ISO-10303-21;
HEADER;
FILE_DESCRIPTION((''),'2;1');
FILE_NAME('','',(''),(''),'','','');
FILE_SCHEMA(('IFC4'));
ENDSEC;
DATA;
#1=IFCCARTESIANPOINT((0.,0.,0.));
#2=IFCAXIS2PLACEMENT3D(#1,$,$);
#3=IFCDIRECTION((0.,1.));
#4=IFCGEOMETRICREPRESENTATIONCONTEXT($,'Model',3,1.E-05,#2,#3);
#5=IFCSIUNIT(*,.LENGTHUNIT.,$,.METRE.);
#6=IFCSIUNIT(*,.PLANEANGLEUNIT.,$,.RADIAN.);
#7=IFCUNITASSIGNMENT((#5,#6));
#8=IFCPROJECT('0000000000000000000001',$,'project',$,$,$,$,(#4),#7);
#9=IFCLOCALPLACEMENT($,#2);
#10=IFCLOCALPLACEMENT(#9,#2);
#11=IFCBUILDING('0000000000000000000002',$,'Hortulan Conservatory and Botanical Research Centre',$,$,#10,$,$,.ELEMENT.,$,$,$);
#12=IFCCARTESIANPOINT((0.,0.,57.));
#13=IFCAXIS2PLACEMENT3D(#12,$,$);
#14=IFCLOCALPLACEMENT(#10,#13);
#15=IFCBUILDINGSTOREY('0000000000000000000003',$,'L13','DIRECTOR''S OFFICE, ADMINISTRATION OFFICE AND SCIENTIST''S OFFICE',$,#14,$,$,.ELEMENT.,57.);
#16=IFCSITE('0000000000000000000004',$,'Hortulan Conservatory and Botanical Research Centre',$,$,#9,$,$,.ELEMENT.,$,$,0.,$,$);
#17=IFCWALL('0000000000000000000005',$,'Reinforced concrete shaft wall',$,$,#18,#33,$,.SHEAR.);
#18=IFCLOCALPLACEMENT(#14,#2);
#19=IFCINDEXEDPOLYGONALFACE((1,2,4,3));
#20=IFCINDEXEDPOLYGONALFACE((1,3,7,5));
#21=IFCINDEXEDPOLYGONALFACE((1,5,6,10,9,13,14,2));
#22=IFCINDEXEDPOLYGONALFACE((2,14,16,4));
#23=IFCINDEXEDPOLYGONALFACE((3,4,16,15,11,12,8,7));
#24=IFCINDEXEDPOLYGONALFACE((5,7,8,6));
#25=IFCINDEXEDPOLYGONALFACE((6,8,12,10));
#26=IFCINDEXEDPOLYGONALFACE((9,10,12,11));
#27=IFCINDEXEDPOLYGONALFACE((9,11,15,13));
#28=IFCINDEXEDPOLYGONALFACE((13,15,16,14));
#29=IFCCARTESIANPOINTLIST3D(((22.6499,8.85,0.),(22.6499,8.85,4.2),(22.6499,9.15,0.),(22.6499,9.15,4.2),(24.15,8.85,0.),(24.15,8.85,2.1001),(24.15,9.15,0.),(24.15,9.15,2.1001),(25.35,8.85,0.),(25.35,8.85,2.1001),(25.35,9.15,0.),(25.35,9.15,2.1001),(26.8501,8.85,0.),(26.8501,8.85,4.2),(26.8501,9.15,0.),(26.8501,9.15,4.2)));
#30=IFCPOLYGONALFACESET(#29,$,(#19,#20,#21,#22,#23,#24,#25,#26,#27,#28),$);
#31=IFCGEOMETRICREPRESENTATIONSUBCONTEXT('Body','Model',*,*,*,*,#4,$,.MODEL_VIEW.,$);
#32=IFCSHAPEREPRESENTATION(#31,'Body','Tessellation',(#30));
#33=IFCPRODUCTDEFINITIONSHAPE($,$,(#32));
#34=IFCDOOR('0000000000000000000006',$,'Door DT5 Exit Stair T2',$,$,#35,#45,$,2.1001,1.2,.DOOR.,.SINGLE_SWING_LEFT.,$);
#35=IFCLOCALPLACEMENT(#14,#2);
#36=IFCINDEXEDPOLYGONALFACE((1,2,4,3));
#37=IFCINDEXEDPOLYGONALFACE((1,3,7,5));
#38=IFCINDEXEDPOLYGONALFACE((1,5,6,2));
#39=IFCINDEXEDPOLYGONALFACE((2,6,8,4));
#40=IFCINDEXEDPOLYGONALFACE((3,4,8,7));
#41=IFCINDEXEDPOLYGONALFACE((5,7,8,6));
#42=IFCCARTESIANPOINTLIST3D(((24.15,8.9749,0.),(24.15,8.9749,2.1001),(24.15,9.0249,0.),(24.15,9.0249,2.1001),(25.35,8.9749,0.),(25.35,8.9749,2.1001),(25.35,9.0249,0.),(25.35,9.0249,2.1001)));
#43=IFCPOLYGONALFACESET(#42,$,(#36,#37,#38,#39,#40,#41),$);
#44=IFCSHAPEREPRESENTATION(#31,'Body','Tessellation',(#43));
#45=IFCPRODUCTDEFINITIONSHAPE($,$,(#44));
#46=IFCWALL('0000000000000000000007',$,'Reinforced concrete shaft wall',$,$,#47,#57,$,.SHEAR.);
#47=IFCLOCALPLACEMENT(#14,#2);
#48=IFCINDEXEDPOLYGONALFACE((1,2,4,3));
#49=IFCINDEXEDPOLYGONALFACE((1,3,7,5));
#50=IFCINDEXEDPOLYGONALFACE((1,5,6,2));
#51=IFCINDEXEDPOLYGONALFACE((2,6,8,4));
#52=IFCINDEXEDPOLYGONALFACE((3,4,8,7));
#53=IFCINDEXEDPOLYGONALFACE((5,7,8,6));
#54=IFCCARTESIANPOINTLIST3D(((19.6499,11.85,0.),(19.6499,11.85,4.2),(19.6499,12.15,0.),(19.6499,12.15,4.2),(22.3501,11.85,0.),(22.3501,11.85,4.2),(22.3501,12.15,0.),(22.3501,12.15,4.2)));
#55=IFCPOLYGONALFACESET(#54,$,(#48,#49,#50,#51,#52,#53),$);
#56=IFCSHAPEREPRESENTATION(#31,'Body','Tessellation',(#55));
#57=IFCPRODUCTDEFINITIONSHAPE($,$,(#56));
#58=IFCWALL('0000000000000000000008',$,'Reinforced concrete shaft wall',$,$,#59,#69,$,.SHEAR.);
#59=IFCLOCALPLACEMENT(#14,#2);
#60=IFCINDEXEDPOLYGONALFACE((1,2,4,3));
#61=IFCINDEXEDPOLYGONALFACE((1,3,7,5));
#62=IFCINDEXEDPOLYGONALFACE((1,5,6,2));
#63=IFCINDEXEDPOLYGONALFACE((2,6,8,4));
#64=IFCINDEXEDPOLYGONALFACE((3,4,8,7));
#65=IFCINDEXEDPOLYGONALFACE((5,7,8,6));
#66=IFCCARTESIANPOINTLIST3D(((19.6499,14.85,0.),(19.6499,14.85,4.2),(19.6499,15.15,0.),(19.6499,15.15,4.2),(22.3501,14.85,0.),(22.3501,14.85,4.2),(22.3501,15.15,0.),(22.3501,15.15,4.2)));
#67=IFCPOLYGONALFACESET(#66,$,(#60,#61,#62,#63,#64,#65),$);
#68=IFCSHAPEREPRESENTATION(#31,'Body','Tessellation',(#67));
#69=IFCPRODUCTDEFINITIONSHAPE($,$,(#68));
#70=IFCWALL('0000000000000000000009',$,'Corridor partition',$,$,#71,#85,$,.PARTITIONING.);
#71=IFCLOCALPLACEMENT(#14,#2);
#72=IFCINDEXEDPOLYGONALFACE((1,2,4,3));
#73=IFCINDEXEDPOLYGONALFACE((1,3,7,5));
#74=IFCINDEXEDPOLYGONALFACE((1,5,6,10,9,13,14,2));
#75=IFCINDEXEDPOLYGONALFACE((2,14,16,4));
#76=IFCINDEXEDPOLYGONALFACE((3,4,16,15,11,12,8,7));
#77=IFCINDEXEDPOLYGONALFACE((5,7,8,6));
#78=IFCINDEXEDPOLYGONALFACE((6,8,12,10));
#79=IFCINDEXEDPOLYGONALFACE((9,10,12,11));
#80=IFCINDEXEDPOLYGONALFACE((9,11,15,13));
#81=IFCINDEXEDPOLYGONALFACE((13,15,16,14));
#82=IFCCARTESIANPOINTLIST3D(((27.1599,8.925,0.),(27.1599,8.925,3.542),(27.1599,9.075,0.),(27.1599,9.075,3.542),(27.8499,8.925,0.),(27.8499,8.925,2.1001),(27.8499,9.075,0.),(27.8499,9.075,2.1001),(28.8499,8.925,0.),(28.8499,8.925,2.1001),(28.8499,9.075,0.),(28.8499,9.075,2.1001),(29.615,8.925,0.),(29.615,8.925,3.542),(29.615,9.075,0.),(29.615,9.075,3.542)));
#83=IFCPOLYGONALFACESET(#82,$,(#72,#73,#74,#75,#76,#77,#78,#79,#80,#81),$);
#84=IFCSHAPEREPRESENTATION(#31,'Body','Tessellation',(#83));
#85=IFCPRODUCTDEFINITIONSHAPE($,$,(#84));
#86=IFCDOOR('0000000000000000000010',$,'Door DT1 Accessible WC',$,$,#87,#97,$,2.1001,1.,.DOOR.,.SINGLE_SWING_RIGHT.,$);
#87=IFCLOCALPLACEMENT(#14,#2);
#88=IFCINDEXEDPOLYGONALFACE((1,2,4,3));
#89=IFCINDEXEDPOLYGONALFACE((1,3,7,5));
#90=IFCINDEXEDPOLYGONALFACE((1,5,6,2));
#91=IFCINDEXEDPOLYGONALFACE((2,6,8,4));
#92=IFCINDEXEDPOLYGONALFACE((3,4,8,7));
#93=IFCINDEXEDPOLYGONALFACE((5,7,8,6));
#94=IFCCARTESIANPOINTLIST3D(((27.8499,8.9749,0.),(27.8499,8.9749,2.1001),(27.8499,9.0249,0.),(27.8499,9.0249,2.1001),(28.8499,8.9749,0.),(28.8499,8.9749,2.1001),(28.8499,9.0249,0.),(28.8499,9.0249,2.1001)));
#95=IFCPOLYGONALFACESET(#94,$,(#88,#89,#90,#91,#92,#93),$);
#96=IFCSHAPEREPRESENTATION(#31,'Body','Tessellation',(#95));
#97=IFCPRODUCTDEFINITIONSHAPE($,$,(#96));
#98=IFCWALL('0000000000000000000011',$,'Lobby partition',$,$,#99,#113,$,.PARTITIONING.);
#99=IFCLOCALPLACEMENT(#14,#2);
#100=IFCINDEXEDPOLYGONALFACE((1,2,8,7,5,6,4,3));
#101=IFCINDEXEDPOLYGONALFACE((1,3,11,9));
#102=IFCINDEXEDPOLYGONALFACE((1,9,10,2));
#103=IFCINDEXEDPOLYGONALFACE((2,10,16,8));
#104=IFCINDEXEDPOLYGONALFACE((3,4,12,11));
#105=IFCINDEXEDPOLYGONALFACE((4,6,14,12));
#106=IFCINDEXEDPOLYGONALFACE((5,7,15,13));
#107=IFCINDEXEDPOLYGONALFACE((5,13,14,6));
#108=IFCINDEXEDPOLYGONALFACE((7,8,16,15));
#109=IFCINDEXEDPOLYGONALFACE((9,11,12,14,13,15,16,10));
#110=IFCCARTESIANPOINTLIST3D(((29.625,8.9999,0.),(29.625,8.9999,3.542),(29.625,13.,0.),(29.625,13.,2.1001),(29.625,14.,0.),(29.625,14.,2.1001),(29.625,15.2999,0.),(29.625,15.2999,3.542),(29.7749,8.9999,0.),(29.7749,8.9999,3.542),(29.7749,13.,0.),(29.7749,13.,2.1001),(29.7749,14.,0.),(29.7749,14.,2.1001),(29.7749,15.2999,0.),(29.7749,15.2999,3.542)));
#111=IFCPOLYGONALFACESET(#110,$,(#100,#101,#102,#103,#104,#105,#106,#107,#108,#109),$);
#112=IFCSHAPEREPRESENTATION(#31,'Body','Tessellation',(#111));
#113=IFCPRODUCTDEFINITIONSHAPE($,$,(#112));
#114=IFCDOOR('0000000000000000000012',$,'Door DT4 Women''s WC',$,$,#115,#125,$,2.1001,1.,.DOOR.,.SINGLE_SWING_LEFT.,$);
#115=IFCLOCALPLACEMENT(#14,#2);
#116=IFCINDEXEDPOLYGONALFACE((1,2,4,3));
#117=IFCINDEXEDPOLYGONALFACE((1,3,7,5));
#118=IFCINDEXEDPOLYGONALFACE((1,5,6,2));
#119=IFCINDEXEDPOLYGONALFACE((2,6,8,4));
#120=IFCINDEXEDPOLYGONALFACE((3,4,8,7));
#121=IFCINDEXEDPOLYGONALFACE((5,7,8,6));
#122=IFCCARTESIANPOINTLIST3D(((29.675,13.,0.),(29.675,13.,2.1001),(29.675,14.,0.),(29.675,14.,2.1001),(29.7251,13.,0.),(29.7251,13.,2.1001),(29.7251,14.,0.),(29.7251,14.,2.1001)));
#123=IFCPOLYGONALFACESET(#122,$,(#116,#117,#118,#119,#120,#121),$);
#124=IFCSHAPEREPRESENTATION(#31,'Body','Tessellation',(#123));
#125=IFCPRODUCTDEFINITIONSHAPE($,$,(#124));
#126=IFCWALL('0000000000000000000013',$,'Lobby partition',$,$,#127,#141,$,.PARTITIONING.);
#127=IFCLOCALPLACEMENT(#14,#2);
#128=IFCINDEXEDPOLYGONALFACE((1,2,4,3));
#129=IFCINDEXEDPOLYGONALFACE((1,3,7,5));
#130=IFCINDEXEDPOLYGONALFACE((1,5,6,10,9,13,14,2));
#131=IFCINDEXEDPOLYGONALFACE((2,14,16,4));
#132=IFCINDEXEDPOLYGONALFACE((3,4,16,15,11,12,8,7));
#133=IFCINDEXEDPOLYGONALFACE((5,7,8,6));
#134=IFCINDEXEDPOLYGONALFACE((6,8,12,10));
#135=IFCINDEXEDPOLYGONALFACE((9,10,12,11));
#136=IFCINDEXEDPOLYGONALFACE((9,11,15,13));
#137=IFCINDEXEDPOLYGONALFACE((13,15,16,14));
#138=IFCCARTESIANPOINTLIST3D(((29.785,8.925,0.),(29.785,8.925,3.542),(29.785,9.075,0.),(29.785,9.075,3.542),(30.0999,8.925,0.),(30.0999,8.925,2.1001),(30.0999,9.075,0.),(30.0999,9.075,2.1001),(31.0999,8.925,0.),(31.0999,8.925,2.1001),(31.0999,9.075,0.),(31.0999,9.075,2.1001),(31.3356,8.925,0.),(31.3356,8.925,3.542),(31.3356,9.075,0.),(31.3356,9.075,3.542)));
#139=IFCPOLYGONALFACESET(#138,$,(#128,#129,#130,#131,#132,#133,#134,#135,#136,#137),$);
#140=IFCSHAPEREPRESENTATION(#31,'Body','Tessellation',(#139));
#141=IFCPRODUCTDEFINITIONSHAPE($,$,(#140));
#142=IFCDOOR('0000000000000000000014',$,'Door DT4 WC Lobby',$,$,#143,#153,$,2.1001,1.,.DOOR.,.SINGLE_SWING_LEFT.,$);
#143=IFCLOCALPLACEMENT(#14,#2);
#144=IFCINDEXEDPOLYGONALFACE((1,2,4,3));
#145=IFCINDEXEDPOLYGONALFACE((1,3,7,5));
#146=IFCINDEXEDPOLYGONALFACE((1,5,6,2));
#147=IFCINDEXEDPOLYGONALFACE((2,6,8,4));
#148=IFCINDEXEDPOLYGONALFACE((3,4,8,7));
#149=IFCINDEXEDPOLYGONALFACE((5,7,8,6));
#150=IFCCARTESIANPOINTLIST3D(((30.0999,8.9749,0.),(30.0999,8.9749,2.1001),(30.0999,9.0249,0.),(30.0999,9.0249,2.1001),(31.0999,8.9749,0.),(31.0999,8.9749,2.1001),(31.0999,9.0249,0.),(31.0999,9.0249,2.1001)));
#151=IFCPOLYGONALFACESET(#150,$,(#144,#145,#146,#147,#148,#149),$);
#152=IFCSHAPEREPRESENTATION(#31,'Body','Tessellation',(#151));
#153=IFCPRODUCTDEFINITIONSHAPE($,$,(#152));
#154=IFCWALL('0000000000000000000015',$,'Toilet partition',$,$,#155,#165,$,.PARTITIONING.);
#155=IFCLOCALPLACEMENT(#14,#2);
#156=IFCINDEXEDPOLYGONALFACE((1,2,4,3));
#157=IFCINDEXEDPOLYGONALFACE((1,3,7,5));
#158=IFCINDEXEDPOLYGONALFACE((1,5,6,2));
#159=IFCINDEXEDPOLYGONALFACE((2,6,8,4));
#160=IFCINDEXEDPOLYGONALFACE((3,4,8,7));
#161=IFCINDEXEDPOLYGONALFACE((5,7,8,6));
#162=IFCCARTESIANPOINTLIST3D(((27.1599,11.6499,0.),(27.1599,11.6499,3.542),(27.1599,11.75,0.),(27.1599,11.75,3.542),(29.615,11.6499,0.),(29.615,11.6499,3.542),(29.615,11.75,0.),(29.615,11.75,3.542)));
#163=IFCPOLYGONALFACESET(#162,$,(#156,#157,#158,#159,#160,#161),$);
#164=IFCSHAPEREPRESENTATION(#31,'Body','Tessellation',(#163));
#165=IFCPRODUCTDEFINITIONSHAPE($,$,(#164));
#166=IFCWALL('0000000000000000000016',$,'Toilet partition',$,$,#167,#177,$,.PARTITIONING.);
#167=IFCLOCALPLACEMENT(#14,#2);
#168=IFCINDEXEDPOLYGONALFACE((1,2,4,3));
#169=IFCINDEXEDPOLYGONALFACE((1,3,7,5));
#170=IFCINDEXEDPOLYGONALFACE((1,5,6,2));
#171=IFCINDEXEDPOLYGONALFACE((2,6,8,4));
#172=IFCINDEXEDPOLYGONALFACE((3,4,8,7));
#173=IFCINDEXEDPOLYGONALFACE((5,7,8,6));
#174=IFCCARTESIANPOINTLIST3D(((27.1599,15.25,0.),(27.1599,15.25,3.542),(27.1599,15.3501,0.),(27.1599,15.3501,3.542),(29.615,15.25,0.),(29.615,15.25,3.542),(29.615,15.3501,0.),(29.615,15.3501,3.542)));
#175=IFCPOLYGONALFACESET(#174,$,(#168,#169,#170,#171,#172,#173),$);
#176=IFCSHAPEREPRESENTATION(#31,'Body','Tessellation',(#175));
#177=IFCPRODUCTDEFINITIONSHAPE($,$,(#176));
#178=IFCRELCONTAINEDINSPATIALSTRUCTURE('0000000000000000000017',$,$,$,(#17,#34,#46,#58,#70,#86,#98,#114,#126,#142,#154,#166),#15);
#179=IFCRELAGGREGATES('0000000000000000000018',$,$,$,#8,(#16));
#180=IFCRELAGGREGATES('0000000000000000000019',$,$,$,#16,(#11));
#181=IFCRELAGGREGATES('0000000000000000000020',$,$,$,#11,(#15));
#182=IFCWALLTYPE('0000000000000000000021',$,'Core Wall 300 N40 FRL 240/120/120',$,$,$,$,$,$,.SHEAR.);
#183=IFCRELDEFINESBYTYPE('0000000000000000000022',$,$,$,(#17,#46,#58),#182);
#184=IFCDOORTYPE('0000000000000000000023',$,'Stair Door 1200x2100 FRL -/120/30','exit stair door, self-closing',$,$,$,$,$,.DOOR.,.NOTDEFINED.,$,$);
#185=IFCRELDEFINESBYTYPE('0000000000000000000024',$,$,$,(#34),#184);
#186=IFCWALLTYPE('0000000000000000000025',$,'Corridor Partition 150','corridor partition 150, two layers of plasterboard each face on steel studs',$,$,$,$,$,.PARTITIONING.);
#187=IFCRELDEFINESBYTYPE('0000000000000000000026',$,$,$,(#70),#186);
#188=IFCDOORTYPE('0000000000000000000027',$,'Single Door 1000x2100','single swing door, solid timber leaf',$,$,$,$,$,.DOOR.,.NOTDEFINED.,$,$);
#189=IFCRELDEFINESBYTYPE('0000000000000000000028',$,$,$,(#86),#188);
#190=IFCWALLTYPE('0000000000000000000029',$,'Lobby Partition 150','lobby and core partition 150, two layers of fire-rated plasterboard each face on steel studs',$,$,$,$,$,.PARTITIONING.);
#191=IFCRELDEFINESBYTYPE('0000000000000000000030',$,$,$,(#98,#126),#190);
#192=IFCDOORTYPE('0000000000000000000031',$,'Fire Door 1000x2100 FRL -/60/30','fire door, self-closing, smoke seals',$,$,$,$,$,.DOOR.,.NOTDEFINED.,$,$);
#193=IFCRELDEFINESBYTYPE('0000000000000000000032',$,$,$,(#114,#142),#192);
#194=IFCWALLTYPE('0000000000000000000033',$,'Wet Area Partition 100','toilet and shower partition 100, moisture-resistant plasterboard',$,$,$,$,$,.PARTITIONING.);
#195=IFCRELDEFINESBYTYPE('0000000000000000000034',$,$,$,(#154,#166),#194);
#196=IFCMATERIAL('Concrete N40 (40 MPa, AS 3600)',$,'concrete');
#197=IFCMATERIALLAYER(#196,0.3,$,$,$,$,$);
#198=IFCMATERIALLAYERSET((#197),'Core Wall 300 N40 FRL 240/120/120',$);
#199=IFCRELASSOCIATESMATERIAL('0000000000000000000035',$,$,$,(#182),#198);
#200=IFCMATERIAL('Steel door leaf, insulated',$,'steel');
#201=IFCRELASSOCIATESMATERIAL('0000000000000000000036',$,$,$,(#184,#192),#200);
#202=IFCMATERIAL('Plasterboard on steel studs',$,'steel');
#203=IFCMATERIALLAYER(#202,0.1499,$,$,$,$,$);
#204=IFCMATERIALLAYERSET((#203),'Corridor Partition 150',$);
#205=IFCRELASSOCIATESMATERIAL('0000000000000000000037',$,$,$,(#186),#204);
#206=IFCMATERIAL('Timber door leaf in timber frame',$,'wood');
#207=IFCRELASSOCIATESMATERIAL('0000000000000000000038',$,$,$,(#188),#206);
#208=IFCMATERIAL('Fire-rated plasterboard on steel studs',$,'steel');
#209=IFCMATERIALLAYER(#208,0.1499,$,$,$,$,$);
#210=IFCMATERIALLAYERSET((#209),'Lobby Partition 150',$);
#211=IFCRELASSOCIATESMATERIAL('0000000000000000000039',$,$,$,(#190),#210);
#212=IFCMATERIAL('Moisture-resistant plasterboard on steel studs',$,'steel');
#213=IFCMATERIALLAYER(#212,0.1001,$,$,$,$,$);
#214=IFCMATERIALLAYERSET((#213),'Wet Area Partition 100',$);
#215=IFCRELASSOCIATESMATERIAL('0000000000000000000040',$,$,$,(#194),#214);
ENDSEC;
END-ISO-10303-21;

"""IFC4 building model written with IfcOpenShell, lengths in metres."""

from ifc_helpers import new_model, si_unit, direction, frame, frame_2d, origin, place, context, subcontext, project, spatial, rectangle, extrude, material, layer, layer_set, type_object, element, fill, save


model = new_model("IFC4")

# Units and contexts
model_context = context("Model", 3, precision=1e-05, world=origin(), true_north=direction((0.0, 1.0)))
body_context = subcontext(model_context, "Body", "Model", "MODEL_VIEW")
ifc_project = project(units=[si_unit("LENGTHUNIT", "METRE"), si_unit("PLANEANGLEUNIT", "RADIAN")], contexts=[model_context])

# Site, building, storey
site_placement = place(None, origin())
site = spatial("IfcSite", under=ifc_project, at=site_placement, Name="Hortulan Conservatory and Botanical Research Centre", CompositionType="ELEMENT", RefElevation=0.0)
building_placement = place(site_placement, origin())
building = spatial("IfcBuilding", under=site, at=building_placement, Name="Hortulan Conservatory and Botanical Research Centre", CompositionType="ELEMENT")
storey_placement = place(building_placement, frame((0.0, 0.0, 57.0)))
storey = spatial("IfcBuildingStorey", under=building, at=storey_placement, Name="L13", Description="DIRECTOR'S OFFICE, ADMINISTRATION OFFICE AND SCIENTIST'S OFFICE", CompositionType="ELEMENT", Elevation=57.0)

# Shared definitions
ifc_material_1 = material(Name="Concrete N40 (40 MPa, AS 3600)", Category="concrete")
ifc_layer_1 = layer(ifc_material_1, 0.3)
ifc_layer_set_1 = layer_set([ifc_layer_1], Name="Core Wall 300 N40 FRL 240/120/120")
wall_type_1 = type_object("IfcWallType", Name="Core Wall 300 N40 FRL 240/120/120", PredefinedType="SHEAR", material=ifc_layer_set_1)

# Wall, opening, door
wall_1_placement = place(storey_placement, frame((22.6499, 9.0, 0.0), z_axis=(0.0, 0.0, 1.0), x_axis=(1.0, 0.0, 0.0)))
wall_1 = element("IfcWall", 1, at=wall_1_placement, inside=storey, type_object=wall_type_1, Name="Reinforced concrete shaft wall", PredefinedType="SHEAR", context=body_context, shape_type="SweptSolid", body=[
    extrude(rectangle(XDim=4.2002, YDim=0.3, at=frame_2d((2.1001, 0.0))), origin(), (0.0, 0.0, 1.0), 4.2),
])
opening_1_placement = place(wall_1_placement, frame((1.5, 0.0, 0.0)))
opening_1 = element("IfcOpeningElement", 2, at=opening_1_placement, cuts=wall_1, PredefinedType="OPENING", context=body_context, shape_type="SweptSolid", body=[
    extrude(rectangle(XDim=1.2, YDim=2.1001, at=frame_2d((0.6001, 1.05))), frame((0.0, 0.1599, 0.0), z_axis=(0.0, -1.0, 0.0), x_axis=(1.0, 0.0, 0.0)), (0.0, 0.0, 1.0), 0.3201),
])
ifc_material_2 = material(Name="Steel door leaf, insulated", Category="steel")
door_type_1 = type_object("IfcDoorType", Name="Stair Door 1200x2100 FRL -/120/30", Description="exit stair door, self-closing", OperationType="NOTDEFINED", PredefinedType="DOOR", material=ifc_material_2)
door_1_placement = place(opening_1_placement, origin())
door_1 = element("IfcDoor", 3, at=door_1_placement, inside=storey, type_object=door_type_1, Name="Door DT5 Exit Stair T2", OperationType="SINGLE_SWING_LEFT", OverallHeight=2.1001, OverallWidth=1.2, PredefinedType="DOOR", context=body_context, shape_type="SweptSolid", body=[
    extrude(rectangle(XDim=1.2, YDim=2.1001, at=frame_2d((0.6001, 1.05))), frame((0.0, 0.0249, 0.0), z_axis=(0.0, -1.0, 0.0), x_axis=(1.0, 0.0, 0.0)), (0.0, 0.0, 1.0), 0.05),
])
fill(opening_1, door_1)

# Walls
for number, where, z_axis, x_axis, name in (
    (4, (19.6499, 12.0, 0.0), (0.0, 0.0, 1.0), (1.0, 0.0, 0.0), "Reinforced concrete shaft wall"),
    (5, (19.6499, 15.0, 0.0), (0.0, 0.0, 1.0), (1.0, 0.0, 0.0), "Reinforced concrete shaft wall"),
):
    element("IfcWall", number, at=place(storey_placement, frame(where, z_axis=z_axis, x_axis=x_axis)), inside=storey, type_object=wall_type_1, Name=name, PredefinedType="SHEAR", context=body_context, shape_type="SweptSolid", body=[
        extrude(rectangle(XDim=2.7002, YDim=0.3, at=frame_2d((1.3501, 0.0))), origin(), (0.0, 0.0, 1.0), 4.2),
    ])

# Walls, openings, doors
ifc_material_3 = material(Name="Plasterboard on steel studs", Category="steel")
ifc_layer_2 = layer(ifc_material_3, 0.1499)
ifc_layer_set_2 = layer_set([ifc_layer_2], Name="Corridor Partition 150")
wall_type_2 = type_object("IfcWallType", Name="Corridor Partition 150", Description="corridor partition 150, two layers of plasterboard each face on steel studs", PredefinedType="PARTITIONING", material=ifc_layer_set_2)
wall_2_placement = place(storey_placement, frame((27.1599, 9.0, 0.0), z_axis=(0.0, 0.0, 1.0), x_axis=(1.0, 0.0, 0.0)))
wall_2 = element("IfcWall", 6, at=wall_2_placement, inside=storey, type_object=wall_type_2, Name="Corridor partition", PredefinedType="PARTITIONING", context=body_context, shape_type="SweptSolid", body=[
    extrude(rectangle(XDim=2.4551, YDim=0.1499, at=frame_2d((1.2275, 0.0))), origin(), (0.0, 0.0, 1.0), 3.542),
])
opening_2_placement = place(wall_2_placement, frame((0.6899, 0.0, 0.0)))
opening_2 = element("IfcOpeningElement", 7, at=opening_2_placement, cuts=wall_2, PredefinedType="OPENING", context=body_context, shape_type="SweptSolid", body=[
    extrude(rectangle(XDim=1.0, YDim=2.1001, at=frame_2d((0.5, 1.05))), frame((0.0, 0.085, 0.0), z_axis=(0.0, -1.0, 0.0), x_axis=(1.0, 0.0, 0.0)), (0.0, 0.0, 1.0), 0.1699),
])
ifc_material_4 = material(Name="Timber door leaf in timber frame", Category="wood")
door_type_2 = type_object("IfcDoorType", Name="Single Door 1000x2100", Description="single swing door, solid timber leaf", OperationType="NOTDEFINED", PredefinedType="DOOR", material=ifc_material_4)
door_2_placement = place(opening_2_placement, origin())
door_2 = element("IfcDoor", 8, at=door_2_placement, inside=storey, type_object=door_type_2, Name="Door DT1 Accessible WC", OperationType="SINGLE_SWING_RIGHT", OverallHeight=2.1001, OverallWidth=1.0, PredefinedType="DOOR", context=body_context, shape_type="SweptSolid", body=[
    extrude(rectangle(XDim=1.0, YDim=2.1001, at=frame_2d((0.5, 1.05))), frame((0.0, 0.0249, 0.0), z_axis=(0.0, -1.0, 0.0), x_axis=(1.0, 0.0, 0.0)), (0.0, 0.0, 1.0), 0.05),
])
fill(opening_2, door_2)
ifc_material_5 = material(Name="Fire-rated plasterboard on steel studs", Category="steel")
ifc_layer_3 = layer(ifc_material_5, 0.1499)
ifc_layer_set_3 = layer_set([ifc_layer_3], Name="Lobby Partition 150")
wall_type_3 = type_object("IfcWallType", Name="Lobby Partition 150", Description="lobby and core partition 150, two layers of fire-rated plasterboard each face on steel studs", PredefinedType="PARTITIONING", material=ifc_layer_set_3)
wall_3_placement = place(storey_placement, frame((29.7, 9.0, 0.0), z_axis=(0.0, 0.0, 1.0), x_axis=(0.0, 1.0, 0.0)))
wall_3 = element("IfcWall", 9, at=wall_3_placement, inside=storey, type_object=wall_type_3, Name="Lobby partition", PredefinedType="PARTITIONING", context=body_context, shape_type="SweptSolid", body=[
    extrude(rectangle(XDim=6.3, YDim=0.1499, at=frame_2d((3.1499, 0.0))), origin(), (0.0, 0.0, 1.0), 3.542),
])
opening_3_placement = place(wall_3_placement, frame((4.0, 0.0, 0.0)))
opening_3 = element("IfcOpeningElement", 10, at=opening_3_placement, cuts=wall_3, PredefinedType="OPENING", context=body_context, shape_type="SweptSolid", body=[
    extrude(rectangle(XDim=1.0, YDim=2.1001, at=frame_2d((0.5, 1.05))), frame((0.0, 0.085, 0.0), z_axis=(0.0, -1.0, 0.0), x_axis=(1.0, 0.0, 0.0)), (0.0, 0.0, 1.0), 0.1699),
])
door_type_3 = type_object("IfcDoorType", Name="Fire Door 1000x2100 FRL -/60/30", Description="fire door, self-closing, smoke seals", OperationType="NOTDEFINED", PredefinedType="DOOR", material=ifc_material_2)
door_3_placement = place(opening_3_placement, origin())
door_3 = element("IfcDoor", 11, at=door_3_placement, inside=storey, type_object=door_type_3, Name="Door DT4 Women's WC", OperationType="SINGLE_SWING_LEFT", OverallHeight=2.1001, OverallWidth=1.0, PredefinedType="DOOR", context=body_context, shape_type="SweptSolid", body=[
    extrude(rectangle(XDim=1.0, YDim=2.1001, at=frame_2d((0.5, 1.05))), frame((0.0, 0.0249, 0.0), z_axis=(0.0, -1.0, 0.0), x_axis=(1.0, 0.0, 0.0)), (0.0, 0.0, 1.0), 0.05),
])
fill(opening_3, door_3)
wall_4_placement = place(storey_placement, frame((29.7849, 9.0, 0.0), z_axis=(0.0, 0.0, 1.0), x_axis=(1.0, 0.0, 0.0)))
wall_4 = element("IfcWall", 12, at=wall_4_placement, inside=storey, type_object=wall_type_3, Name="Lobby partition", PredefinedType="PARTITIONING", context=body_context, shape_type="SweptSolid", body=[
    extrude(rectangle(XDim=1.5505, YDim=0.1499, at=frame_2d((0.7754, 0.0))), origin(), (0.0, 0.0, 1.0), 3.542),
])
opening_4_placement = place(wall_4_placement, frame((0.3149, 0.0, 0.0)))
opening_4 = element("IfcOpeningElement", 13, at=opening_4_placement, cuts=wall_4, PredefinedType="OPENING", context=body_context, shape_type="SweptSolid", body=[
    extrude(rectangle(XDim=1.0, YDim=2.1001, at=frame_2d((0.5, 1.05))), frame((0.0, 0.085, 0.0), z_axis=(0.0, -1.0, 0.0), x_axis=(1.0, 0.0, 0.0)), (0.0, 0.0, 1.0), 0.1699),
])
door_4_placement = place(opening_4_placement, origin())
door_4 = element("IfcDoor", 14, at=door_4_placement, inside=storey, type_object=door_type_3, Name="Door DT4 WC Lobby", OperationType="SINGLE_SWING_LEFT", OverallHeight=2.1001, OverallWidth=1.0, PredefinedType="DOOR", context=body_context, shape_type="SweptSolid", body=[
    extrude(rectangle(XDim=1.0, YDim=2.1001, at=frame_2d((0.5, 1.05))), frame((0.0, 0.0249, 0.0), z_axis=(0.0, -1.0, 0.0), x_axis=(1.0, 0.0, 0.0)), (0.0, 0.0, 1.0), 0.05),
])
fill(opening_4, door_4)

# Walls
ifc_material_6 = material(Name="Moisture-resistant plasterboard on steel studs", Category="steel")
ifc_layer_4 = layer(ifc_material_6, 0.1001)
ifc_layer_set_4 = layer_set([ifc_layer_4], Name="Wet Area Partition 100")
wall_type_4 = type_object("IfcWallType", Name="Wet Area Partition 100", Description="toilet and shower partition 100, moisture-resistant plasterboard", PredefinedType="PARTITIONING", material=ifc_layer_set_4)
for number, where, z_axis, x_axis, name in (
    (15, (27.1599, 11.7, 0.0), (0.0, 0.0, 1.0), (1.0, 0.0, 0.0), "Toilet partition"),
    (16, (27.1599, 15.3, 0.0), (0.0, 0.0, 1.0), (1.0, 0.0, 0.0), "Toilet partition"),
):
    element("IfcWall", number, at=place(storey_placement, frame(where, z_axis=z_axis, x_axis=x_axis)), inside=storey, type_object=wall_type_4, Name=name, PredefinedType="PARTITIONING", context=body_context, shape_type="SweptSolid", body=[
        extrude(rectangle(XDim=2.4551, YDim=0.1001, at=frame_2d((1.2275, 0.0))), origin(), (0.0, 0.0, 1.0), 3.542),
    ])

save(model, "model.ifc")
